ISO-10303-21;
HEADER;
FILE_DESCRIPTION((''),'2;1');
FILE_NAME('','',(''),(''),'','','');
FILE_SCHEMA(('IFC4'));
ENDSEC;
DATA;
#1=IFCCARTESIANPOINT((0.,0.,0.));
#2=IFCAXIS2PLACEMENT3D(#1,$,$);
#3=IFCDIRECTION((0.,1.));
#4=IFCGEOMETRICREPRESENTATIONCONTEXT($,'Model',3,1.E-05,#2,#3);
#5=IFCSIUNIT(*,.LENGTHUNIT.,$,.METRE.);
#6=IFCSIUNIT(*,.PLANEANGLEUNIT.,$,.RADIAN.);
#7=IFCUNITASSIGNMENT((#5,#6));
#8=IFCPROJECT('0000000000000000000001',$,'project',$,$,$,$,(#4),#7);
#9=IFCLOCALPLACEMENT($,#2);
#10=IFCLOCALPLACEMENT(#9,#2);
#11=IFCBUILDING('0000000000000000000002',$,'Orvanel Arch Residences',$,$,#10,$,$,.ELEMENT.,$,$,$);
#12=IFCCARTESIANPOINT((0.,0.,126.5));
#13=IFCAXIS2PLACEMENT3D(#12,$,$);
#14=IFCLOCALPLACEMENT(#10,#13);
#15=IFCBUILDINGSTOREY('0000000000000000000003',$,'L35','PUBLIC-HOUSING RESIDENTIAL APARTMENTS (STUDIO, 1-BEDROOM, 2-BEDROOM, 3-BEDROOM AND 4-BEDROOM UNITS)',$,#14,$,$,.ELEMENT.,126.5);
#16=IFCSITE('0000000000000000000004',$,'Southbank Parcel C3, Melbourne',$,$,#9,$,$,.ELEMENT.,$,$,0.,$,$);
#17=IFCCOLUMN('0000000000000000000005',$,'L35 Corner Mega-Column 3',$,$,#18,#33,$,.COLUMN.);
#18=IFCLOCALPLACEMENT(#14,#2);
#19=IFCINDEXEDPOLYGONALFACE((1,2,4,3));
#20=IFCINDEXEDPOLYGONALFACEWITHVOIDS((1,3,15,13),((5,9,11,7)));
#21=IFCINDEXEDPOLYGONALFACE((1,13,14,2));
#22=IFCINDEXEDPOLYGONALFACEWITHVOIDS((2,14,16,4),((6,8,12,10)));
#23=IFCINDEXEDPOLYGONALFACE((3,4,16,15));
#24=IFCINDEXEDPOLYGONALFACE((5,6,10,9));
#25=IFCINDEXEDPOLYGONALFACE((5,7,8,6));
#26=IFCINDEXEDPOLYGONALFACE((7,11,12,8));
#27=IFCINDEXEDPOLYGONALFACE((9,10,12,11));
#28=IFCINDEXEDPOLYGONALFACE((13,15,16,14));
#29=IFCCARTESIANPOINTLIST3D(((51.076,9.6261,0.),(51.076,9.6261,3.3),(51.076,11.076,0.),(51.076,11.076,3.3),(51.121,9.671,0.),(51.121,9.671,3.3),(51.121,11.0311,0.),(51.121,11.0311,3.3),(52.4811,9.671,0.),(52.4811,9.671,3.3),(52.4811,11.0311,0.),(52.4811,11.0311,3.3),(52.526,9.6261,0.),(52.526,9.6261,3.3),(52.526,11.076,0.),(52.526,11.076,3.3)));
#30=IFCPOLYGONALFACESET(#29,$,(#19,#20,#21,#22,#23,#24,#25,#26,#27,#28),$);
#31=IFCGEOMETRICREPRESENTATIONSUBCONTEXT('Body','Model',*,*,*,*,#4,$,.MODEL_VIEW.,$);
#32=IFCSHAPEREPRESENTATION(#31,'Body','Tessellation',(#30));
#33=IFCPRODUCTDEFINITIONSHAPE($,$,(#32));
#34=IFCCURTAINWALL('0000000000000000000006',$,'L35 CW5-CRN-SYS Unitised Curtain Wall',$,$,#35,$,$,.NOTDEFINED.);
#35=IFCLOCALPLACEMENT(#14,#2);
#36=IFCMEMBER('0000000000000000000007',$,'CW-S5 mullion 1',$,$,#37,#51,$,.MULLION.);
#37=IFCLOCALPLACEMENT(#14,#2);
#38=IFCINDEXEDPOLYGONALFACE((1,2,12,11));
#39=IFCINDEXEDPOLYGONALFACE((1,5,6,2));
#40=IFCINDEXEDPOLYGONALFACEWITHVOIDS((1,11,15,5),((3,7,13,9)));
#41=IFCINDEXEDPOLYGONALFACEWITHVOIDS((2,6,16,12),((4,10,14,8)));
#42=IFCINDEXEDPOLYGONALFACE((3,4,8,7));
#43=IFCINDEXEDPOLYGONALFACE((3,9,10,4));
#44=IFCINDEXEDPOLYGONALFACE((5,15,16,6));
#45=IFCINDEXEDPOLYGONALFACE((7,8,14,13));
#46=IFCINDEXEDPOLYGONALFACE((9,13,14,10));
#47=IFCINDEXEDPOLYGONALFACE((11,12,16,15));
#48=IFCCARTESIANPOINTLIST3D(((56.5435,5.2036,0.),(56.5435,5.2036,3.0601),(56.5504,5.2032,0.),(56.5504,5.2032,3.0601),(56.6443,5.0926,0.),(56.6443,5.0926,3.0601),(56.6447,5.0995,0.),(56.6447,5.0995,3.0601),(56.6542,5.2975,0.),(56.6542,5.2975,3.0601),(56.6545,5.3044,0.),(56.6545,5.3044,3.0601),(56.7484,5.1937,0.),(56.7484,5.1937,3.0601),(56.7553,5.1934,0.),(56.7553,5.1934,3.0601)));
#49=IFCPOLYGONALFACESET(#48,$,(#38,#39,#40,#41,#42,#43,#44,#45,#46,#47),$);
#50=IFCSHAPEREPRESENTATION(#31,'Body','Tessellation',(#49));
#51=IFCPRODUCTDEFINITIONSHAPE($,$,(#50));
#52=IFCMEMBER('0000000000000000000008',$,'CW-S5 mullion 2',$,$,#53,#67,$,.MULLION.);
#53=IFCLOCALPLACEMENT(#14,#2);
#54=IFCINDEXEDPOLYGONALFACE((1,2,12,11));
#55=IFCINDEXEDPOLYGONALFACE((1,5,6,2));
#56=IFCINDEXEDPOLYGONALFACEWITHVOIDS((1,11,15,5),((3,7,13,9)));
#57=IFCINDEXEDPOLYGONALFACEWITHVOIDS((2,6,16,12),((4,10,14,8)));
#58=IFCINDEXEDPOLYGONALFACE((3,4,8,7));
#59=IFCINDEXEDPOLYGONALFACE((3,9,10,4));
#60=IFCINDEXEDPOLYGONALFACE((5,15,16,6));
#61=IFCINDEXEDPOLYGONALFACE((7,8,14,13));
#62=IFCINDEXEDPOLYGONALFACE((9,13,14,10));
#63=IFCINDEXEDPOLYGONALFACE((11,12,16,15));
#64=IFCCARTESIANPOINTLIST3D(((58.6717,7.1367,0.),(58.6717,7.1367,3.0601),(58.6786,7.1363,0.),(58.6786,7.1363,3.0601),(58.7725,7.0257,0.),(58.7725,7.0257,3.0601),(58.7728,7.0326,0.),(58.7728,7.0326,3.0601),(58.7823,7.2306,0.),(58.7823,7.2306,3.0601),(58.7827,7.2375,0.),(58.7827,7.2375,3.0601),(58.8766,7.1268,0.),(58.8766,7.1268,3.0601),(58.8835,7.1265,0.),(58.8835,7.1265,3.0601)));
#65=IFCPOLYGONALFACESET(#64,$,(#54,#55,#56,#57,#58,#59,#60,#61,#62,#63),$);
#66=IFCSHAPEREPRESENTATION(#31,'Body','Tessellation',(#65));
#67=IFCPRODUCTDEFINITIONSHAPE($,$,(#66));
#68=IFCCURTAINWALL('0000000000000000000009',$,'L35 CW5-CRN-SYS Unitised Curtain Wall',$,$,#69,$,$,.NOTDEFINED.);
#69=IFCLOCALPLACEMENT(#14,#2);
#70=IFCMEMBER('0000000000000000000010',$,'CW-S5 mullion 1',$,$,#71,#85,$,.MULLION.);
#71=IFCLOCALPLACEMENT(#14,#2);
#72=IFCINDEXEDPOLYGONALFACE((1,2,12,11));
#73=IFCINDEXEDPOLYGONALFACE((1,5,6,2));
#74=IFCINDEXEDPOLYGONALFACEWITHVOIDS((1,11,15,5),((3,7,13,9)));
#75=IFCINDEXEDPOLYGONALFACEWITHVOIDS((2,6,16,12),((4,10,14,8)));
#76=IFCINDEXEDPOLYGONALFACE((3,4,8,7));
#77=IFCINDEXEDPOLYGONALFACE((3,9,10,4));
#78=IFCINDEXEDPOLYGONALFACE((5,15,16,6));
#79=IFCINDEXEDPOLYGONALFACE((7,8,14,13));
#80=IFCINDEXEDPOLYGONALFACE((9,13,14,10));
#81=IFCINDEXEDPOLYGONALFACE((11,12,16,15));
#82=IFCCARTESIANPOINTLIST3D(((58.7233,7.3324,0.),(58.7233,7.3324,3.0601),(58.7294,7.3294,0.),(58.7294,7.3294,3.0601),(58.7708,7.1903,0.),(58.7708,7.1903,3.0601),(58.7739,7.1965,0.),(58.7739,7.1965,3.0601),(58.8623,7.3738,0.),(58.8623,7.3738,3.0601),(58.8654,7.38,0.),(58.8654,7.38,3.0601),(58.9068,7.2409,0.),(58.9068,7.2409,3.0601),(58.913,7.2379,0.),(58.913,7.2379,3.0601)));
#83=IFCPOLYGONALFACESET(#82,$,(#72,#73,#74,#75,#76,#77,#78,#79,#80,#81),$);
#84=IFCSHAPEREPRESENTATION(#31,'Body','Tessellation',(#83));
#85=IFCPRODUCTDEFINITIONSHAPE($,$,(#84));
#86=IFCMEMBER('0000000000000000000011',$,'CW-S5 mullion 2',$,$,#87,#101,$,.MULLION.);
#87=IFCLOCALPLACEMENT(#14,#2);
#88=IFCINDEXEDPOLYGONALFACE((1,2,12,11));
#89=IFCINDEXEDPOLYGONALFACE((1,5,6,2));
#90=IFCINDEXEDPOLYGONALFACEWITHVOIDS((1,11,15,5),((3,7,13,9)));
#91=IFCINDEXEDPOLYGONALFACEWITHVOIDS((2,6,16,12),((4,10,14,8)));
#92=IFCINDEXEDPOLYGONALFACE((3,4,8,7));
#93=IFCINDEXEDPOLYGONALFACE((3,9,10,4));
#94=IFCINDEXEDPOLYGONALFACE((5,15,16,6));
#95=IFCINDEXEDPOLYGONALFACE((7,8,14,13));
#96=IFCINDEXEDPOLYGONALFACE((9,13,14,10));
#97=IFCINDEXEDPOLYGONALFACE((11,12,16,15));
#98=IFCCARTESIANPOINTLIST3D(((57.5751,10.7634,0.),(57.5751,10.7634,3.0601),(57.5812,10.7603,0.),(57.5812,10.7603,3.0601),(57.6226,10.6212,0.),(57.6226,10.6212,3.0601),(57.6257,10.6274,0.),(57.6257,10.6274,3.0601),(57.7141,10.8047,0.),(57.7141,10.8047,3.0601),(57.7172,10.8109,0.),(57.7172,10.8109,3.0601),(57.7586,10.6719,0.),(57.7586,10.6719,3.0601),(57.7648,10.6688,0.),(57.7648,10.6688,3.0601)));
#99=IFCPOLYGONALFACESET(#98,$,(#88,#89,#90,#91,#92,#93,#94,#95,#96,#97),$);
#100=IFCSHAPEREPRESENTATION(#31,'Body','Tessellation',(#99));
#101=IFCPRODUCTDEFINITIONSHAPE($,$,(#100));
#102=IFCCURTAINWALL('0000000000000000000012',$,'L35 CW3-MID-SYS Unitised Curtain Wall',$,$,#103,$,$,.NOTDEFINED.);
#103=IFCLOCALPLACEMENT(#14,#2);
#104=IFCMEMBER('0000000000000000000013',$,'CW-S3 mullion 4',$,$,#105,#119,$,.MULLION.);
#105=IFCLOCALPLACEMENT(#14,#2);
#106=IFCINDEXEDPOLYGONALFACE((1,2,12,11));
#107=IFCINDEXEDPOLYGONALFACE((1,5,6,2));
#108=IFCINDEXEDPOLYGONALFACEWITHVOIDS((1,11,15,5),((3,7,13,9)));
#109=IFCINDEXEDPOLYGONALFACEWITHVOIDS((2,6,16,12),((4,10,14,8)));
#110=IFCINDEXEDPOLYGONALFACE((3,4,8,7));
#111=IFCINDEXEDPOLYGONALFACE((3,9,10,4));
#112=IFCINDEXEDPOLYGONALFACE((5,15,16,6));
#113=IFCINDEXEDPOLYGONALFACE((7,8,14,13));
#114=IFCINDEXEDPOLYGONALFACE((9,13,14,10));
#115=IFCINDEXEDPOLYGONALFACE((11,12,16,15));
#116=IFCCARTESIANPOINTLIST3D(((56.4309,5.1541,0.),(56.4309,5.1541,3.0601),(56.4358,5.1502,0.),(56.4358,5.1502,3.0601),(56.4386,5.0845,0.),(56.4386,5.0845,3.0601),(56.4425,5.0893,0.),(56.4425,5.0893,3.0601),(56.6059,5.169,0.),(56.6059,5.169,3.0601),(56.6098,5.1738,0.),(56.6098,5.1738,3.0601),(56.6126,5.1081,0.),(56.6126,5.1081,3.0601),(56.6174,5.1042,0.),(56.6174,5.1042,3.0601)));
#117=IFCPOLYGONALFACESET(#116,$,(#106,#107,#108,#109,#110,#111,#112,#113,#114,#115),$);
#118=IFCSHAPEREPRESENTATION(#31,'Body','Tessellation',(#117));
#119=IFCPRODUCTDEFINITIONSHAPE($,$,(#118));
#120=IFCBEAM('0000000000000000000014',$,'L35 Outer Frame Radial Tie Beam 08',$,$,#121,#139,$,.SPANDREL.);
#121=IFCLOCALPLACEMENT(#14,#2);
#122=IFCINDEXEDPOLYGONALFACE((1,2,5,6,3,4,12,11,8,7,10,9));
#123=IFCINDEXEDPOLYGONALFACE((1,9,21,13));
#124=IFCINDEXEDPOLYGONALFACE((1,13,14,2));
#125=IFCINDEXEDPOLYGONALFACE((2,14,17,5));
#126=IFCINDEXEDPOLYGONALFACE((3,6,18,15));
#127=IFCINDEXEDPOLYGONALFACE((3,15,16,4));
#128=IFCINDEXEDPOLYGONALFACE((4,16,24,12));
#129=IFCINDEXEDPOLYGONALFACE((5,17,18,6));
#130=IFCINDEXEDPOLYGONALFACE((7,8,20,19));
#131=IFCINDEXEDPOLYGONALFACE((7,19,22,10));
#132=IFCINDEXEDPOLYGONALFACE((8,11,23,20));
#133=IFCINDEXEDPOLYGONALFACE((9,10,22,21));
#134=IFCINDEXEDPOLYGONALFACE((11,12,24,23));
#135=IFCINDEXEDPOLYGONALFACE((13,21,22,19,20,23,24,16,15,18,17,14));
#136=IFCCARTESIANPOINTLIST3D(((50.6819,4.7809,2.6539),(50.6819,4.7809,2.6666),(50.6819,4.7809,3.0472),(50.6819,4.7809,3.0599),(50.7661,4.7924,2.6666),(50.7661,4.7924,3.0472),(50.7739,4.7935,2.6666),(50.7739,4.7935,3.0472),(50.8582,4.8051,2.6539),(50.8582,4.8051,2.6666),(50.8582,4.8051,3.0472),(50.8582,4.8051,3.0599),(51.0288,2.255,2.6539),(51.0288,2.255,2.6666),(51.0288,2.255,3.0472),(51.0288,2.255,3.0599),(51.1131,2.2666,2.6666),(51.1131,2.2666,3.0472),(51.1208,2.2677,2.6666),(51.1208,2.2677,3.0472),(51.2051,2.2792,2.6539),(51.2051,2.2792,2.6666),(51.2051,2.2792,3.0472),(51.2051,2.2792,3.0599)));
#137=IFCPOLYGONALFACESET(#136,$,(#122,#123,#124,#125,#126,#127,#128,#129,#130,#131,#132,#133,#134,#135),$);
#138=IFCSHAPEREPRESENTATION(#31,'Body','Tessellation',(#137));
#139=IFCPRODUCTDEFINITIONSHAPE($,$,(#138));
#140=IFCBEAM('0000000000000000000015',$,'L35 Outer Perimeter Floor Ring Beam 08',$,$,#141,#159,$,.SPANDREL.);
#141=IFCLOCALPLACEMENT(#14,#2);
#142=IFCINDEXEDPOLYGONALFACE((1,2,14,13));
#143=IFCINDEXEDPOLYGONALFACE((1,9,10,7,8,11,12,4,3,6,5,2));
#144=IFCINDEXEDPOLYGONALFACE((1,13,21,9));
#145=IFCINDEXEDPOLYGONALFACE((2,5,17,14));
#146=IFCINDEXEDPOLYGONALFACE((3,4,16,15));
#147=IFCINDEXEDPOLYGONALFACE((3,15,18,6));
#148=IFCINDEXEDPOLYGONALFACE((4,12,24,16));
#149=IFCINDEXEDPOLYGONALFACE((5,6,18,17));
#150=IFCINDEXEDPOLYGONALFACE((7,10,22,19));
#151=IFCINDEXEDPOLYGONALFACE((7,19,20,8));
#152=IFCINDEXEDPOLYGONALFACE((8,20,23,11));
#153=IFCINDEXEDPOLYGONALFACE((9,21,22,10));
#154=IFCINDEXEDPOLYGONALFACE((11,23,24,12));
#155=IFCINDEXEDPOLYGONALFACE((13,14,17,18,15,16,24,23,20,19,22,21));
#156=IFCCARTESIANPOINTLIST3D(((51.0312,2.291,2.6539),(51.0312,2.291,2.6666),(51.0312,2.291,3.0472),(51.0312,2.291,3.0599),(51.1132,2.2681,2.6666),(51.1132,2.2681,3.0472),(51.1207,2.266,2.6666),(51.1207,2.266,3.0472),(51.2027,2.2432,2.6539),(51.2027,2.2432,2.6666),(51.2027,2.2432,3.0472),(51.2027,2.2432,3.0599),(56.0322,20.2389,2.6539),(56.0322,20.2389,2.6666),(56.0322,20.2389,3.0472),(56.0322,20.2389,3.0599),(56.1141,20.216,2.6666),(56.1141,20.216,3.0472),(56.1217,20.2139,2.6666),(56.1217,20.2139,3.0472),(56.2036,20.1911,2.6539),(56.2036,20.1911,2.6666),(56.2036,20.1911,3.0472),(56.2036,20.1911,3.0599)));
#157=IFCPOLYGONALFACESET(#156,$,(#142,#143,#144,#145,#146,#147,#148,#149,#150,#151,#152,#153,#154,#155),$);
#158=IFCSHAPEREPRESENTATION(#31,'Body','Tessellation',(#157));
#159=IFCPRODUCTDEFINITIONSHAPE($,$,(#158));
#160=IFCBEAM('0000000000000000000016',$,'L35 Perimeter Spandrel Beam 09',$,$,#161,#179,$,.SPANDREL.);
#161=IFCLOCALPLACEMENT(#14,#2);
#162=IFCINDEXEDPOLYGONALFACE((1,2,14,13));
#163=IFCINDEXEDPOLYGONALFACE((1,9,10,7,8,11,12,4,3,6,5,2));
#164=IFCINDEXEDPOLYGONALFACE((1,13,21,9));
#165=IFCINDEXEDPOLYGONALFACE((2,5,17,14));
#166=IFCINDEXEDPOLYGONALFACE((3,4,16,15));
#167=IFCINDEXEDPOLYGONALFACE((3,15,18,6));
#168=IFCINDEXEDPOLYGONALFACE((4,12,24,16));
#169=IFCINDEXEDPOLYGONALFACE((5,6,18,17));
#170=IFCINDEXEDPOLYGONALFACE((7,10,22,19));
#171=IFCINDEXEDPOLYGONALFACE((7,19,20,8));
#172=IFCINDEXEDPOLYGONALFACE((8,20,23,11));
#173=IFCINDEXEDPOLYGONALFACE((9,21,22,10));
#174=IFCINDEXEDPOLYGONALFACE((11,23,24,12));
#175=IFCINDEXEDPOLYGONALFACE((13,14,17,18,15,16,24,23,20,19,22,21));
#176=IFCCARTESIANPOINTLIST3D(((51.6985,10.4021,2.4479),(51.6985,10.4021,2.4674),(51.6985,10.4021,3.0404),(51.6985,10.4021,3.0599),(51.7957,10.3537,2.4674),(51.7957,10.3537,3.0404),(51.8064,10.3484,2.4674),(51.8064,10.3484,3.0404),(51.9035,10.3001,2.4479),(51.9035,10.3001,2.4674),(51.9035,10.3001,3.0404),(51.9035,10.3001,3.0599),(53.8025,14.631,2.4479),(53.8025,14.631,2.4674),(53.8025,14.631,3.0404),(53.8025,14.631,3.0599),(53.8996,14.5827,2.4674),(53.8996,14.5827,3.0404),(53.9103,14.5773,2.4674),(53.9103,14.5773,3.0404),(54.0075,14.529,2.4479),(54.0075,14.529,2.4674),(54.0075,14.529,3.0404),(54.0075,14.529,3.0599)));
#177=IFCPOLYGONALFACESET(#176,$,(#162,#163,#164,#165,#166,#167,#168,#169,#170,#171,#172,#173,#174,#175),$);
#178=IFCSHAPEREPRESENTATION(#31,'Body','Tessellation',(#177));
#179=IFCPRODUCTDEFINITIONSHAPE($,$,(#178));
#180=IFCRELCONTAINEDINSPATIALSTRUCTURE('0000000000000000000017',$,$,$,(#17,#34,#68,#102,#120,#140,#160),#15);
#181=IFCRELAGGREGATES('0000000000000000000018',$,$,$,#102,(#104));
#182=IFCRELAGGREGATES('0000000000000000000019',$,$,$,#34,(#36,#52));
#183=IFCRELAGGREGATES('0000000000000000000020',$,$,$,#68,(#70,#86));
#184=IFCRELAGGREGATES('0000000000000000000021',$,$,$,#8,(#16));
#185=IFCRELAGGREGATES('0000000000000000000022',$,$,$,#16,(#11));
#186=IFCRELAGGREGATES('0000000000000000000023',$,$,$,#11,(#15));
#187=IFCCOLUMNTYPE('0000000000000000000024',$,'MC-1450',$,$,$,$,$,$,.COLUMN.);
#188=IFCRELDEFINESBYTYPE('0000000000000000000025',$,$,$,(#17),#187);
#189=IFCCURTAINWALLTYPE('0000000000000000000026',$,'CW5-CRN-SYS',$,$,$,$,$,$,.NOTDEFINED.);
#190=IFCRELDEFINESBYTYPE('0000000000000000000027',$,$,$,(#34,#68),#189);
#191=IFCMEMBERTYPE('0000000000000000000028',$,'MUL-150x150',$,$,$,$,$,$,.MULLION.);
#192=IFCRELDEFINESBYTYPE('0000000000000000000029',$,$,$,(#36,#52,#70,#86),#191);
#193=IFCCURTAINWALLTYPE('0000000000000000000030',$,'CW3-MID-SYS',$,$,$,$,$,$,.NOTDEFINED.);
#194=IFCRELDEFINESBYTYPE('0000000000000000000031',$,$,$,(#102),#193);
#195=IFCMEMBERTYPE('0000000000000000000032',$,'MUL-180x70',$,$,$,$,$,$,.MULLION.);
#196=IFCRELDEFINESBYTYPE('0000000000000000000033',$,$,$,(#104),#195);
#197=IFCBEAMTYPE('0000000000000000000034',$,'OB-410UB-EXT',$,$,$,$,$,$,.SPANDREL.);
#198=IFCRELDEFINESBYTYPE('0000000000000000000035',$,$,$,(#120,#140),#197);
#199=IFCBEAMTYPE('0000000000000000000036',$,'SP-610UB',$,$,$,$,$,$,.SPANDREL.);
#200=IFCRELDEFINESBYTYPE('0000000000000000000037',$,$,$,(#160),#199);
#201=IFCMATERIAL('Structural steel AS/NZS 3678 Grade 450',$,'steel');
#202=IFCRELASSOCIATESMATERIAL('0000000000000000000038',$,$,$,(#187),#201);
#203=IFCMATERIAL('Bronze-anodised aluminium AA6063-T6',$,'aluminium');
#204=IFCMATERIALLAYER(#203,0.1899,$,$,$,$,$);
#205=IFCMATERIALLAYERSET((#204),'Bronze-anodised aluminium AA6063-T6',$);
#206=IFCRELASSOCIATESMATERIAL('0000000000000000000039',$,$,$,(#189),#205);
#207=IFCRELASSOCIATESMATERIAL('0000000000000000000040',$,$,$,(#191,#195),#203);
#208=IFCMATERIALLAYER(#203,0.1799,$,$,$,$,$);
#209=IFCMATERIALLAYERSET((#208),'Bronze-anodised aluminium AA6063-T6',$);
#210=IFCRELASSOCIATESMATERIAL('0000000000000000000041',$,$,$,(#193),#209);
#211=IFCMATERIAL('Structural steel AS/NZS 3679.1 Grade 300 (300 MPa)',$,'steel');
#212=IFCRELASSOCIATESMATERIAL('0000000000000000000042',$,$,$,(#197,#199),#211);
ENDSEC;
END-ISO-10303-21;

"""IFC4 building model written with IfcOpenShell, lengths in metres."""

from ifc_helpers import new_model, si_unit, direction, frame, origin, origin_2d, place, context, subcontext, project, spatial, hollow_rectangle, i_section, extrude, material, layer, layer_set, material_profile, profile_set, type_object, element, aggregate, save


model = new_model("IFC4")

# Units and contexts
model_context = context("Model", 3, precision=1e-05, world=origin(), true_north=direction((0.0, 1.0)))
body_context = subcontext(model_context, "Body", "Model", "MODEL_VIEW")
ifc_project = project(units=[si_unit("LENGTHUNIT", "METRE"), si_unit("PLANEANGLEUNIT", "RADIAN")], contexts=[model_context])

# Site, building, storey
site_placement = place(None, origin())
site = spatial("IfcSite", under=ifc_project, at=site_placement, Name="Southbank Parcel C3, Melbourne", CompositionType="ELEMENT", RefElevation=0.0)
building_placement = place(site_placement, origin())
building = spatial("IfcBuilding", under=site, at=building_placement, Name="Orvanel Arch Residences", CompositionType="ELEMENT")
storey_placement = place(building_placement, frame((0.0, 0.0, 126.5)))
storey = spatial("IfcBuildingStorey", under=building, at=storey_placement, Name="L35", Description="PUBLIC-HOUSING RESIDENTIAL APARTMENTS (STUDIO, 1-BEDROOM, 2-BEDROOM, 3-BEDROOM AND 4-BEDROOM UNITS)", CompositionType="ELEMENT", Elevation=126.5)

# Column
ifc_material_1 = material(Name="Structural steel AS/NZS 3678 Grade 450", Category="steel")
ifc_material_profile_1 = material_profile(ifc_material_1, hollow_rectangle(XDim=1.45, YDim=1.45, WallThickness=0.0449, at=origin_2d()), Name="BOX1450x1450x45")
ifc_profile_set_1 = profile_set([ifc_material_profile_1], Name="Structural steel AS/NZS 3678 Grade 450")
column_type = type_object("IfcColumnType", Name="MC-1450", PredefinedType="COLUMN", material=ifc_profile_set_1)
column_placement = place(storey_placement, frame((51.801, 10.3511, 0.0), z_axis=(0.0, 0.0, 1.0), x_axis=(1.0, 0.0, 0.0)))
element("IfcColumn", 1, at=column_placement, inside=storey, type_object=column_type, Name="L35 Corner Mega-Column 3", PredefinedType="COLUMN", context=body_context, shape_type="SweptSolid", body=[
    extrude(hollow_rectangle(XDim=1.45, YDim=1.45, WallThickness=0.0449, at=origin_2d()), origin(), (0.0, 0.0, 1.0), 3.3),
])

# Curtain walls, members
ifc_material_2 = material(Name="Bronze-anodised aluminium AA6063-T6", Category="aluminium")
ifc_layer_1 = layer(ifc_material_2, 0.1899)
ifc_layer_set_1 = layer_set([ifc_layer_1], Name="Bronze-anodised aluminium AA6063-T6")
curtain_wall_type_1 = type_object("IfcCurtainWallType", Name="CW5-CRN-SYS", PredefinedType="NOTDEFINED", material=ifc_layer_set_1)
curtain_wall_1_placement = place(storey_placement, origin())
curtain_wall_1 = element("IfcCurtainWall", 2, at=curtain_wall_1_placement, inside=storey, type_object=curtain_wall_type_1, Name="L35 CW5-CRN-SYS Unitised Curtain Wall", PredefinedType="NOTDEFINED")
ifc_material_profile_2 = material_profile(ifc_material_2, hollow_rectangle(XDim=0.1499, YDim=0.1499, WallThickness=0.0049, at=origin_2d()), Name="ALU150x150x5")
ifc_profile_set_2 = profile_set([ifc_material_profile_2], Name="Bronze-anodised aluminium AA6063-T6")
member_type_1 = type_object("IfcMemberType", Name="MUL-150x150", PredefinedType="MULLION", material=ifc_profile_set_2)
member_1_placement = place(storey_placement, frame((56.6494, 5.1985, 0.0), z_axis=(0.0, 0.0, 1.0), x_axis=(-0.672409, 0.740179, 0.0)))
member_1 = element("IfcMember", 3, at=member_1_placement, type_object=member_type_1, Name="CW-S5 mullion 1", PredefinedType="MULLION", context=body_context, shape_type="SweptSolid", body=[
    extrude(hollow_rectangle(XDim=0.1499, YDim=0.1499, WallThickness=0.0049, at=origin_2d()), origin(), (0.0, 0.0, 1.0), 3.0601),
])
member_2_placement = place(storey_placement, frame((58.7776, 7.1316, 0.0), z_axis=(0.0, 0.0, 1.0), x_axis=(-0.672409, 0.740179, 0.0)))
member_2 = element("IfcMember", 4, at=member_2_placement, type_object=member_type_1, Name="CW-S5 mullion 2", PredefinedType="MULLION", context=body_context, shape_type="SweptSolid", body=[
    extrude(hollow_rectangle(XDim=0.1499, YDim=0.1499, WallThickness=0.0049, at=origin_2d()), origin(), (0.0, 0.0, 1.0), 3.0601),
])
curtain_wall_2_placement = place(storey_placement, origin())
curtain_wall_2 = element("IfcCurtainWall", 5, at=curtain_wall_2_placement, inside=storey, type_object=curtain_wall_type_1, Name="L35 CW5-CRN-SYS Unitised Curtain Wall", PredefinedType="NOTDEFINED")
member_3_placement = place(storey_placement, frame((58.8181, 7.2852, 0.0), z_axis=(0.0, 0.0, 1.0), x_axis=(-0.948304, -0.317365, 0.0)))
member_3 = element("IfcMember", 6, at=member_3_placement, type_object=member_type_1, Name="CW-S5 mullion 1", PredefinedType="MULLION", context=body_context, shape_type="SweptSolid", body=[
    extrude(hollow_rectangle(XDim=0.1499, YDim=0.1499, WallThickness=0.0049, at=origin_2d()), origin(), (0.0, 0.0, 1.0), 3.0601),
])
member_4_placement = place(storey_placement, frame((57.6699, 10.7161, 0.0), z_axis=(0.0, 0.0, 1.0), x_axis=(-0.948304, -0.317365, 0.0)))
member_4 = element("IfcMember", 7, at=member_4_placement, type_object=member_type_1, Name="CW-S5 mullion 2", PredefinedType="MULLION", context=body_context, shape_type="SweptSolid", body=[
    extrude(hollow_rectangle(XDim=0.1499, YDim=0.1499, WallThickness=0.0049, at=origin_2d()), origin(), (0.0, 0.0, 1.0), 3.0601),
])

# Curtain wall, member
ifc_layer_2 = layer(ifc_material_2, 0.1799)
ifc_layer_set_2 = layer_set([ifc_layer_2], Name="Bronze-anodised aluminium AA6063-T6")
curtain_wall_type_2 = type_object("IfcCurtainWallType", Name="CW3-MID-SYS", PredefinedType="NOTDEFINED", material=ifc_layer_set_2)
curtain_wall_3_placement = place(storey_placement, origin())
curtain_wall_3 = element("IfcCurtainWall", 8, at=curtain_wall_3_placement, inside=storey, type_object=curtain_wall_type_2, Name="L35 CW3-MID-SYS Unitised Curtain Wall", PredefinedType="NOTDEFINED")
ifc_material_profile_3 = material_profile(ifc_material_2, hollow_rectangle(XDim=0.0701, YDim=0.1799, WallThickness=0.0044, at=origin_2d()), Name="ALU180x70x4.5")
ifc_profile_set_3 = profile_set([ifc_material_profile_3], Name="Bronze-anodised aluminium AA6063-T6")
member_type_2 = type_object("IfcMemberType", Name="MUL-180x70", PredefinedType="MULLION", material=ifc_profile_set_3)
member_5_placement = place(storey_placement, frame((56.5242, 5.1292, 0.0), z_axis=(0.0, 0.0, 1.0), x_axis=(-0.109628, 0.993973, 0.0)))
member_5 = element("IfcMember", 9, at=member_5_placement, type_object=member_type_2, Name="CW-S3 mullion 4", PredefinedType="MULLION", context=body_context, shape_type="SweptSolid", body=[
    extrude(hollow_rectangle(XDim=0.0701, YDim=0.1799, WallThickness=0.0044, at=origin_2d()), origin(), (0.0, 0.0, 1.0), 3.0601),
])

# Beams
ifc_material_3 = material(Name="Structural steel AS/NZS 3679.1 Grade 300 (300 MPa)", Category="steel")
ifc_material_profile_4 = material_profile(ifc_material_3, i_section(OverallWidth=0.178, OverallDepth=0.406, WebThickness=0.0078, FlangeThickness=0.0127, at=origin_2d()), Name="410UB59.7")
ifc_profile_set_4 = profile_set([ifc_material_profile_4], Name="Structural steel AS/NZS 3679.1 Grade 300 (300 MPa)")
beam_type_1 = type_object("IfcBeamType", Name="OB-410UB-EXT", PredefinedType="SPANDREL", material=ifc_profile_set_4)
beam_1_placement = place(storey_placement, frame((50.77, 4.793, 2.8569), z_axis=(0.13607, -0.990699, 0.0), x_axis=(0.990699, 0.13607, 0.0)))
element("IfcBeam", 10, at=beam_1_placement, inside=storey, type_object=beam_type_1, Name="L35 Outer Frame Radial Tie Beam 08", PredefinedType="SPANDREL", context=body_context, shape_type="SweptSolid", body=[
    extrude(i_section(OverallWidth=0.178, OverallDepth=0.406, WebThickness=0.0078, FlangeThickness=0.0127, at=origin_2d()), origin(), (0.0, 0.0, 1.0), 2.5496),
])
beam_2_placement = place(storey_placement, frame((51.1169, 2.2671, 2.8569), z_axis=(0.268412, 0.963304, 0.0), x_axis=(-0.963304, 0.268412, 0.0)))
element("IfcBeam", 11, at=beam_2_placement, inside=storey, type_object=beam_type_1, Name="L35 Outer Perimeter Floor Ring Beam 08", PredefinedType="SPANDREL", context=body_context, shape_type="SweptSolid", body=[
    extrude(i_section(OverallWidth=0.178, OverallDepth=0.406, WebThickness=0.0078, FlangeThickness=0.0127, at=origin_2d()), origin(), (0.0, 0.0, 1.0), 18.6316),
])
ifc_material_profile_5 = material_profile(ifc_material_3, i_section(OverallWidth=0.229, OverallDepth=0.6121, WebThickness=0.012, FlangeThickness=0.0195, at=origin_2d()), Name="610UB125")
ifc_profile_set_5 = profile_set([ifc_material_profile_5], Name="Structural steel AS/NZS 3679.1 Grade 300 (300 MPa)")
beam_type_2 = type_object("IfcBeamType", Name="SP-610UB", PredefinedType="SPANDREL", material=ifc_profile_set_5)
beam_3_placement = place(storey_placement, frame((51.801, 10.3511, 2.7539), z_axis=(0.445435, 0.895314, 0.0), x_axis=(-0.895314, 0.445435, 0.0)))
element("IfcBeam", 12, at=beam_3_placement, inside=storey, type_object=beam_type_2, Name="L35 Perimeter Spandrel Beam 09", PredefinedType="SPANDREL", context=body_context, shape_type="SweptSolid", body=[
    extrude(i_section(OverallWidth=0.229, OverallDepth=0.6121, WebThickness=0.012, FlangeThickness=0.0195, at=origin_2d()), origin(), (0.0, 0.0, 1.0), 4.7234),
])

aggregate(curtain_wall_3, [member_5])
aggregate(curtain_wall_1, [member_1, member_2])
aggregate(curtain_wall_2, [member_3, member_4])

save(model, "model.ifc")
